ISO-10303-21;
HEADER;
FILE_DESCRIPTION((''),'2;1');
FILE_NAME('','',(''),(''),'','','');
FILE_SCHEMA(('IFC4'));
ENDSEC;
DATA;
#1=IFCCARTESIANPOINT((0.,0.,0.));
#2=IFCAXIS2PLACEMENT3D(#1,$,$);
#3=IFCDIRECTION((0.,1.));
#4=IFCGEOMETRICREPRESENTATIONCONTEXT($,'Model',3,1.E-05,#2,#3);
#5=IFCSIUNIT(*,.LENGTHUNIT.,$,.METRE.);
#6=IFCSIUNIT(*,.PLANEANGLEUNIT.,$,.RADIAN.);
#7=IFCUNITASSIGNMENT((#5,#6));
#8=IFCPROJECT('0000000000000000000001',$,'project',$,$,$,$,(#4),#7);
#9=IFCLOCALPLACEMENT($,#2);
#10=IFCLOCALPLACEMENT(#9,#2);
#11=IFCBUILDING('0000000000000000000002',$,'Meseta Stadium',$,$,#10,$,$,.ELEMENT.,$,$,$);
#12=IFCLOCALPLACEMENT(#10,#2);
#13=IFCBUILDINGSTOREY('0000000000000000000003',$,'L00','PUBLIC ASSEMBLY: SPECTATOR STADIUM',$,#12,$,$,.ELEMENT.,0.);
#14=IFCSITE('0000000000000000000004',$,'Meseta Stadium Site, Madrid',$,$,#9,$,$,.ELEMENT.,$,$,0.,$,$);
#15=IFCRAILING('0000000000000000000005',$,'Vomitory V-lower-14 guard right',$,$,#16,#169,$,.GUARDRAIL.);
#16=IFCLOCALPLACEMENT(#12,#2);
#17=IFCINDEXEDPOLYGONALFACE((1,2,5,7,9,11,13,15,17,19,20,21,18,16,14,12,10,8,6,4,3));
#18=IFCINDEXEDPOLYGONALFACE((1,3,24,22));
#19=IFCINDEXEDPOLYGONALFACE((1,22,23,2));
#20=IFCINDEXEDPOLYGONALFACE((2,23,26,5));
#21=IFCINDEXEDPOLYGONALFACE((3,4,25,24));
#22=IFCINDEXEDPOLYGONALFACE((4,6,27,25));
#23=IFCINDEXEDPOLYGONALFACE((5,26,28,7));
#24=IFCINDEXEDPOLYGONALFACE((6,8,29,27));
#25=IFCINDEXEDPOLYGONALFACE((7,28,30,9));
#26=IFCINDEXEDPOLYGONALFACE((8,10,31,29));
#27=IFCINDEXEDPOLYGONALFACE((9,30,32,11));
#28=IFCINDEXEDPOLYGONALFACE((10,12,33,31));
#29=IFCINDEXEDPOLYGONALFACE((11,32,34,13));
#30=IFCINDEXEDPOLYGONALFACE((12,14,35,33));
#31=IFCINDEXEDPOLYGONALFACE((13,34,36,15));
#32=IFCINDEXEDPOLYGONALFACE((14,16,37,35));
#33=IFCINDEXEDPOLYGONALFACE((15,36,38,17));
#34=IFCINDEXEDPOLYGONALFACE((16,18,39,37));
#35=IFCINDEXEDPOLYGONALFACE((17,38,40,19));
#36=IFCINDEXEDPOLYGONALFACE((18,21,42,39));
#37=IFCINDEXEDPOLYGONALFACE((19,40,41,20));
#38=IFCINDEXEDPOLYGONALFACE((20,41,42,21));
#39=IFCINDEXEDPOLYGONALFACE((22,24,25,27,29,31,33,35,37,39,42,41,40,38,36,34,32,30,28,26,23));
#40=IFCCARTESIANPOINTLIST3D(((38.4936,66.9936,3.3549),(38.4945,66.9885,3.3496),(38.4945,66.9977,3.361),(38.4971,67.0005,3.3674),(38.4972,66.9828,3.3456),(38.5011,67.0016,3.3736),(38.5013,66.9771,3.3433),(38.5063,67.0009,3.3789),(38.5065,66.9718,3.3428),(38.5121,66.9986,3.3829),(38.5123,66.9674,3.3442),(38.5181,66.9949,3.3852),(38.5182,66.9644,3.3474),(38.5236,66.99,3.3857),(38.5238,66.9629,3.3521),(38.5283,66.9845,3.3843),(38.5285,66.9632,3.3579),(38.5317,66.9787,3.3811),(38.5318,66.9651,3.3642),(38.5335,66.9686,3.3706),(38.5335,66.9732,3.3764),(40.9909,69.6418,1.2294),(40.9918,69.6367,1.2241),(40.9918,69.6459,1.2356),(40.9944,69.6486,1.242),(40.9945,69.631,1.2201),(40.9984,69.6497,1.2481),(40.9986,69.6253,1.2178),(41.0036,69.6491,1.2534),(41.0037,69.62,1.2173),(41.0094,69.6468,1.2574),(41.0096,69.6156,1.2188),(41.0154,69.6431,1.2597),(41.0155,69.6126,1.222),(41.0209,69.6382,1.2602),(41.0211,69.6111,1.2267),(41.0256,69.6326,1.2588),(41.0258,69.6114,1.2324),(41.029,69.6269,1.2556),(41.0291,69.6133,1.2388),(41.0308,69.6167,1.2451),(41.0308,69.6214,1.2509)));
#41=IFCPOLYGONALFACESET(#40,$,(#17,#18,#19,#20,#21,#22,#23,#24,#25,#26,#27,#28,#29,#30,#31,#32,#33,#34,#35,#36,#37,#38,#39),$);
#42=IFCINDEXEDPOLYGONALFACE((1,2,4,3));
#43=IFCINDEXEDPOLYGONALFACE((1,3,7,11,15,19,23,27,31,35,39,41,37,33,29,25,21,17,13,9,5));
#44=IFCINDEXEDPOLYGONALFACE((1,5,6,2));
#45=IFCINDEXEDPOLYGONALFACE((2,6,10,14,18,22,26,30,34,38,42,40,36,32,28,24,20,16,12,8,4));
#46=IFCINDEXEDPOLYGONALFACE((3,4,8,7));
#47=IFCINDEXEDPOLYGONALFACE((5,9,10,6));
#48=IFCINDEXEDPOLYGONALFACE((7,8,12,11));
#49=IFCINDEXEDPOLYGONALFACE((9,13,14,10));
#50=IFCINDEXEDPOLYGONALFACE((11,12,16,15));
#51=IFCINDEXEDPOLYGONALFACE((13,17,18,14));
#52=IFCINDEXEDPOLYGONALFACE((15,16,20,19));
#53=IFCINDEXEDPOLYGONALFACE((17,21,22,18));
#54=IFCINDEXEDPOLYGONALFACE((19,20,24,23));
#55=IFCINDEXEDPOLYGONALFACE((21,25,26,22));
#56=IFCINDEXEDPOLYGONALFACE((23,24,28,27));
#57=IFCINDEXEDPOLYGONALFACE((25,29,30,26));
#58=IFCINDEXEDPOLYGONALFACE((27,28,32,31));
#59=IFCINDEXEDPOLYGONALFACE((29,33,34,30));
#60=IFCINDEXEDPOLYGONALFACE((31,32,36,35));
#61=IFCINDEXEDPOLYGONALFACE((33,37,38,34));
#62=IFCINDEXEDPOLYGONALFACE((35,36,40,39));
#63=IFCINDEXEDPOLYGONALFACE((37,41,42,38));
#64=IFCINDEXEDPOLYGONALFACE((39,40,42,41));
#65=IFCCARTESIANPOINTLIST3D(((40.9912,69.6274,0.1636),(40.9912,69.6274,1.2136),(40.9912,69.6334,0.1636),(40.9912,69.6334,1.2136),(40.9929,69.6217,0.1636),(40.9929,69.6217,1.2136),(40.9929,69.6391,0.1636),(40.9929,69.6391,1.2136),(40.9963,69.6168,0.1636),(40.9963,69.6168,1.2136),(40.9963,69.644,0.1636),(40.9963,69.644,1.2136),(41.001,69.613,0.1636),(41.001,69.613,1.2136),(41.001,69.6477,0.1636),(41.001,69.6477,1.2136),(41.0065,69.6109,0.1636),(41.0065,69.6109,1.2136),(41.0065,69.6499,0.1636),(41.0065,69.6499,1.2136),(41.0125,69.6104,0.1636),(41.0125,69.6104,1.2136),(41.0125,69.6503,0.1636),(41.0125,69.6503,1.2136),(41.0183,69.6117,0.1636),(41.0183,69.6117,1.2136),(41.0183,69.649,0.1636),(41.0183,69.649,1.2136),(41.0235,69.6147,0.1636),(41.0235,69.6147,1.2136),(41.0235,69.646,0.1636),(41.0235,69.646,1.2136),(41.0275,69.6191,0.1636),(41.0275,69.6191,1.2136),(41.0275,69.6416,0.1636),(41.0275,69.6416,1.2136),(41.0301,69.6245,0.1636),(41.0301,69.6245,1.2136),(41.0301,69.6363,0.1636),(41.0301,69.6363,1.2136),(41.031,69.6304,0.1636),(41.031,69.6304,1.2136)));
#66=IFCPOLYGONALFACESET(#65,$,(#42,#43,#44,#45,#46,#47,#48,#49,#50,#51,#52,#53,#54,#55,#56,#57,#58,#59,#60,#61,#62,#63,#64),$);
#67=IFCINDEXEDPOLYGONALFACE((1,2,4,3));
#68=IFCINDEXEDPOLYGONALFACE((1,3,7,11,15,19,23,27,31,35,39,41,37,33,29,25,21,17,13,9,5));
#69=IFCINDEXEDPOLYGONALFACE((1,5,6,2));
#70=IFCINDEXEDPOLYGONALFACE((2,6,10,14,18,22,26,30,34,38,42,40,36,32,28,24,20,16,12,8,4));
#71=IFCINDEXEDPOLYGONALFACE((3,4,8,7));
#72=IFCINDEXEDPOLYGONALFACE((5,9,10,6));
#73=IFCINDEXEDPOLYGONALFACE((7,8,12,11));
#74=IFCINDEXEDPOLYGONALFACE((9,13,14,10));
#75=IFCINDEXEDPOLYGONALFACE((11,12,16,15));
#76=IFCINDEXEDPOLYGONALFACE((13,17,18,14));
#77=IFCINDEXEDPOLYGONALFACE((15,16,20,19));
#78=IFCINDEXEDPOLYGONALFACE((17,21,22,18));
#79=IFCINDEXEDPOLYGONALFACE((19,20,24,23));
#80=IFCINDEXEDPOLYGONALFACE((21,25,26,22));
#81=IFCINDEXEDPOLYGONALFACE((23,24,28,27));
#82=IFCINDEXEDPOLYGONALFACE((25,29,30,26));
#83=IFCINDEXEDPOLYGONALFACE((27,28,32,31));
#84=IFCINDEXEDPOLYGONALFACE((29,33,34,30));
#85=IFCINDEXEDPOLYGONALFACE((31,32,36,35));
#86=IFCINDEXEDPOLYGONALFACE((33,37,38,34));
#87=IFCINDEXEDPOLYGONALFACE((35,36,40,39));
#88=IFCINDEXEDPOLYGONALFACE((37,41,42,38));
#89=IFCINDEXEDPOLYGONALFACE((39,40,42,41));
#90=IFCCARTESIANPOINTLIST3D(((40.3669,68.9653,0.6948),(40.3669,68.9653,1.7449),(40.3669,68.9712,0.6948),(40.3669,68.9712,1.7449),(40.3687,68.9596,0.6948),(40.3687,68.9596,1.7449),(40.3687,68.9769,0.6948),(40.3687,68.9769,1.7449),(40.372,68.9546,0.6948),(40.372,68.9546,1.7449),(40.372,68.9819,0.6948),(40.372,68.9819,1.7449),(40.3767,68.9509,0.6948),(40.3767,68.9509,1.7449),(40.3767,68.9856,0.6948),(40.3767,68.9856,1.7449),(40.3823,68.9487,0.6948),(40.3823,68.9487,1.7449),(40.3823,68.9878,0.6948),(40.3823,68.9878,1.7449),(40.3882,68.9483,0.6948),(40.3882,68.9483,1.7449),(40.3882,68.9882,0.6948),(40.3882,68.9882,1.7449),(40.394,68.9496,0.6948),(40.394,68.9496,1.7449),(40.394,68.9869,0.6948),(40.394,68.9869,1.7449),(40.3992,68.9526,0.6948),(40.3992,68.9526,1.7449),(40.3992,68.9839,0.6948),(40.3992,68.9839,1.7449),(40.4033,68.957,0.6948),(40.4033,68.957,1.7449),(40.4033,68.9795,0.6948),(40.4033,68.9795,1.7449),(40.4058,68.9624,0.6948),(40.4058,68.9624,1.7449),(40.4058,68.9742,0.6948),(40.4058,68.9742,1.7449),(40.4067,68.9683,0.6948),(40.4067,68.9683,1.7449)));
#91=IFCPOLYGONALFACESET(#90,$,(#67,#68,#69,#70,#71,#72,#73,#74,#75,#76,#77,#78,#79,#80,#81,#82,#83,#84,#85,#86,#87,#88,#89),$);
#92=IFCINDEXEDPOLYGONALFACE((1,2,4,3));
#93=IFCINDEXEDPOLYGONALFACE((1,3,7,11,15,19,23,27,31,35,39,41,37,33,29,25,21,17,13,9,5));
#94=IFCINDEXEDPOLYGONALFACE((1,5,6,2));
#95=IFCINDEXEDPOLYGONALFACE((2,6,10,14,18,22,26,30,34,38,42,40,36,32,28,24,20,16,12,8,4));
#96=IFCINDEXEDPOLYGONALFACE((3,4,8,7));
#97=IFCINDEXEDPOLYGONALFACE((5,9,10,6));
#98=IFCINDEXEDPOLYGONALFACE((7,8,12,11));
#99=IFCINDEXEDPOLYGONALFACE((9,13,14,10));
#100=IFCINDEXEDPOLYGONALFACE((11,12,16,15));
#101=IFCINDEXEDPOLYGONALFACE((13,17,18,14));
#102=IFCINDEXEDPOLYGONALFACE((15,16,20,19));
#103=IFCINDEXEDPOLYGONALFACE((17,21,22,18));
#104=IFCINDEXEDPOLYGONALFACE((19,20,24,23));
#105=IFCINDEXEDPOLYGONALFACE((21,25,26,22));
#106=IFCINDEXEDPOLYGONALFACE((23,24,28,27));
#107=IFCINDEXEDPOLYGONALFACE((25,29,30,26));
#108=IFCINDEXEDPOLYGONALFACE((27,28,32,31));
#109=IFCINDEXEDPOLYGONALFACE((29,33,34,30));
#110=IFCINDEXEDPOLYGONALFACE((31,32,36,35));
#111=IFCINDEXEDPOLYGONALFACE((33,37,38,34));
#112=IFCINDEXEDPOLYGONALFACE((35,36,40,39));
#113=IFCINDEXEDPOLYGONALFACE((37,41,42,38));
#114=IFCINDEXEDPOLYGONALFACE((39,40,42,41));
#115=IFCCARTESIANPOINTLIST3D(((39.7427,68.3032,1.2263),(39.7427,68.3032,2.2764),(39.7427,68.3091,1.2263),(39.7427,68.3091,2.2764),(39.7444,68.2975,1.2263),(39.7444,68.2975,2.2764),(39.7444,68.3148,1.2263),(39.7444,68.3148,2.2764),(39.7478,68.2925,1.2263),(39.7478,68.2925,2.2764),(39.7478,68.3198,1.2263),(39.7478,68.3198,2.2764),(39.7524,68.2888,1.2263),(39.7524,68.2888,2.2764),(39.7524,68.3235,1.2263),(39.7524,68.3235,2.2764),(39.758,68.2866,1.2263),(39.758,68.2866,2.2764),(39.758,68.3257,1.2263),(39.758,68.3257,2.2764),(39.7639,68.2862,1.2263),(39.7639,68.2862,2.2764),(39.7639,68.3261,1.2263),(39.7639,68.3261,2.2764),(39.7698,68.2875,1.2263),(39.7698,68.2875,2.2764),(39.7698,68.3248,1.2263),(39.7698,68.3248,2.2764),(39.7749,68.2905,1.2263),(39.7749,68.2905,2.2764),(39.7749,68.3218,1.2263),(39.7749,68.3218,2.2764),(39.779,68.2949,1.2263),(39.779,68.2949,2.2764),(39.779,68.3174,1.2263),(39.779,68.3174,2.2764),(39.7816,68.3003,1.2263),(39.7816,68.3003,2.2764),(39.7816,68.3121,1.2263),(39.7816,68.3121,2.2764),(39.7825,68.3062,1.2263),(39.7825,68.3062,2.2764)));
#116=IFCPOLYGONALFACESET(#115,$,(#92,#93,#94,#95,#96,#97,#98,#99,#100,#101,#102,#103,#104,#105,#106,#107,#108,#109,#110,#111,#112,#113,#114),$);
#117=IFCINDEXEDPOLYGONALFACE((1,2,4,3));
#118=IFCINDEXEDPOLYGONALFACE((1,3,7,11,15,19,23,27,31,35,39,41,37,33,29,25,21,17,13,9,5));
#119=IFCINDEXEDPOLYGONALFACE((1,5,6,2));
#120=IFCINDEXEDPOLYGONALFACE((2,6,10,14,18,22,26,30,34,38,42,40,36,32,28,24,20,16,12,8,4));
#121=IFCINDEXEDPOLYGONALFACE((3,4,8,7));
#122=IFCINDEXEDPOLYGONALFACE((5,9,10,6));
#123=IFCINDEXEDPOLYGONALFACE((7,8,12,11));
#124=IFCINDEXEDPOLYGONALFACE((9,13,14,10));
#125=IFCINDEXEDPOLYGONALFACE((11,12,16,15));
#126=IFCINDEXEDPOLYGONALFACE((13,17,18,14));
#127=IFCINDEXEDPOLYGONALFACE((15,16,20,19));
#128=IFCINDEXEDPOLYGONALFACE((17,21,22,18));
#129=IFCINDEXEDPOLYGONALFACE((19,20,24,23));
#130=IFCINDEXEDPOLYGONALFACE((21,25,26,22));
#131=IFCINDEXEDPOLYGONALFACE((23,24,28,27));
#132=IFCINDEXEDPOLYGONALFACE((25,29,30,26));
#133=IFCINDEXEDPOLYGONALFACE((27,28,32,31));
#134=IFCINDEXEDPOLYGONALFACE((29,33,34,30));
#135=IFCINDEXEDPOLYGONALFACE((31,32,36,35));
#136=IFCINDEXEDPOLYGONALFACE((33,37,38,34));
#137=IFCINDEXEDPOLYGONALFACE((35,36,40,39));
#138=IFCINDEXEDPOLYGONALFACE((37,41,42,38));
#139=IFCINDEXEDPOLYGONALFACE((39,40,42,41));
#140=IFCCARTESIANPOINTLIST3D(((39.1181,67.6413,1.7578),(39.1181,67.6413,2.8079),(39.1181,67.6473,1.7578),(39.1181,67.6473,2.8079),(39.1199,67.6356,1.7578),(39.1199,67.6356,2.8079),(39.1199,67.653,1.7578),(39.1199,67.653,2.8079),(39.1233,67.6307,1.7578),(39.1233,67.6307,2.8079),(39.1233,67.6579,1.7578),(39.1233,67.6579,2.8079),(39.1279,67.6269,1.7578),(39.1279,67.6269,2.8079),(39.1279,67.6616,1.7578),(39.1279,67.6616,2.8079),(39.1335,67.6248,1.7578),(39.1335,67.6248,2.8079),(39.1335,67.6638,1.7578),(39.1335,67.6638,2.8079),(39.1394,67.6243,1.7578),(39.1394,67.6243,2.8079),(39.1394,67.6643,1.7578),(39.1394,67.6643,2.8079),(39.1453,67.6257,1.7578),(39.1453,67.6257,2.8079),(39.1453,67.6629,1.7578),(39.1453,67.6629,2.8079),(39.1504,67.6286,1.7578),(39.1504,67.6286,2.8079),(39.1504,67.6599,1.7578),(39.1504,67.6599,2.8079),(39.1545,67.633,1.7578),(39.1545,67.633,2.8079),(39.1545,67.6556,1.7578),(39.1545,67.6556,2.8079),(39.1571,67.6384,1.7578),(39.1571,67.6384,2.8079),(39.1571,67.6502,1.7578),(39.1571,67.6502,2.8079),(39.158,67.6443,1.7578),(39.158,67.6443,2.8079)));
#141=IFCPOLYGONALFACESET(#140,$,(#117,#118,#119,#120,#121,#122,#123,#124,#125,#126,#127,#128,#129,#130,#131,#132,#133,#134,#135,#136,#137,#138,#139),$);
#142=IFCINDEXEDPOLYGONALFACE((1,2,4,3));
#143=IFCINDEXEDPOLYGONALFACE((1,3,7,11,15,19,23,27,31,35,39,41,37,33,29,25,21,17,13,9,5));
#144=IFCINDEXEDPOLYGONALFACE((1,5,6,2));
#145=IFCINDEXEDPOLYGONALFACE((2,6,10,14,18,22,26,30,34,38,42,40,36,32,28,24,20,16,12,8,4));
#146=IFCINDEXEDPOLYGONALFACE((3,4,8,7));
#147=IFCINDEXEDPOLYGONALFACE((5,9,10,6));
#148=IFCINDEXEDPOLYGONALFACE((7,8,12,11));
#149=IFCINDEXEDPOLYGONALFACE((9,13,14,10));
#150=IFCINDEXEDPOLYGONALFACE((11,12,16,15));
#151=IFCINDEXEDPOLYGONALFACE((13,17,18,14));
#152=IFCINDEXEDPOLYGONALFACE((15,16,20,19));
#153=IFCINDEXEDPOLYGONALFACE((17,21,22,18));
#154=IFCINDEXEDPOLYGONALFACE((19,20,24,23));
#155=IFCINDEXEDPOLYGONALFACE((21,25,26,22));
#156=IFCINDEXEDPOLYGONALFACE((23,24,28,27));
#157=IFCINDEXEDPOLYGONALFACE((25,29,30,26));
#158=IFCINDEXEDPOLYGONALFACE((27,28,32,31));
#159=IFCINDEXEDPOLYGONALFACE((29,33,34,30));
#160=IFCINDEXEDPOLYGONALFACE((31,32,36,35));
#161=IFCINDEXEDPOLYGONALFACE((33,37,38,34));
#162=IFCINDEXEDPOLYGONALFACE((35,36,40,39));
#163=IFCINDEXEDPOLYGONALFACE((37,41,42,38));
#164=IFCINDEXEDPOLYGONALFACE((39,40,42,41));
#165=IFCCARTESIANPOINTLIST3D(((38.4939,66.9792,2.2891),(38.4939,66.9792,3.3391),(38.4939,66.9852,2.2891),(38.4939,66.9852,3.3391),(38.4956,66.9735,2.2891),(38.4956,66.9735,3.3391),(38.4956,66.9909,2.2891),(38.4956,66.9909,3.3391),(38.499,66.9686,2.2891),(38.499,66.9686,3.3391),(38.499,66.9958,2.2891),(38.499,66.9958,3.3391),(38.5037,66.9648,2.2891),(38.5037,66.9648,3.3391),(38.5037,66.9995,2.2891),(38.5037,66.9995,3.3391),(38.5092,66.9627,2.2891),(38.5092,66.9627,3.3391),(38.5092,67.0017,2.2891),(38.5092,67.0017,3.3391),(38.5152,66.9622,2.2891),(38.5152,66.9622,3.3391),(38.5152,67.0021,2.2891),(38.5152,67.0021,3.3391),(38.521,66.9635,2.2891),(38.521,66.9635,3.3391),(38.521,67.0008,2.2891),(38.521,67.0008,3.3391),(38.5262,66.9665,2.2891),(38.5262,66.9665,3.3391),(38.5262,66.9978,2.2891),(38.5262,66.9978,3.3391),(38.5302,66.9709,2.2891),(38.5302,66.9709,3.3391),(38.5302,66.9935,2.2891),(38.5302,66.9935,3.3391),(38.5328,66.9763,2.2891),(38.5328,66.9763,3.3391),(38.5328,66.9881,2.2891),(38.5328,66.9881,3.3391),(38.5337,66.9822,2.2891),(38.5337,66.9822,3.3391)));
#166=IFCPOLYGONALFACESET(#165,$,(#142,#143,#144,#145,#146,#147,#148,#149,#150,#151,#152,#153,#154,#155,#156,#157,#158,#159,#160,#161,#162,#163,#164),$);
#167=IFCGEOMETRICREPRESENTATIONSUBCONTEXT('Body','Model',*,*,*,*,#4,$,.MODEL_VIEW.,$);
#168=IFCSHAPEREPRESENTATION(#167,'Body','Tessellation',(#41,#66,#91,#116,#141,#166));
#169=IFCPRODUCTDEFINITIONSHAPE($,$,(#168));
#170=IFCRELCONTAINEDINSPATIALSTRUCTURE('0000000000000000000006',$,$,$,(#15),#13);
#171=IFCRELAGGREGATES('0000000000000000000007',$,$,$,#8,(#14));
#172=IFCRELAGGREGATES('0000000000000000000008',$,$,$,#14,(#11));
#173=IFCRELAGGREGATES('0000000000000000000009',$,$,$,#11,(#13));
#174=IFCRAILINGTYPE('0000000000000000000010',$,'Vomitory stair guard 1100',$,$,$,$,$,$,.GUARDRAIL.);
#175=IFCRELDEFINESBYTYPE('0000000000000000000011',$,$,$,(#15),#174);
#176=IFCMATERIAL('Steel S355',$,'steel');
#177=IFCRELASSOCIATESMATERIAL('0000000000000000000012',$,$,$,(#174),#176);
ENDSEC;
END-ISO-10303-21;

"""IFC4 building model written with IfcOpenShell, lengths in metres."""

from ifc_helpers import new_model, si_unit, direction, frame, origin, origin_2d, place, context, subcontext, project, spatial, circle, extrude, material, type_object, element, save


model = new_model("IFC4")

# Units and contexts
model_context = context("Model", 3, precision=1e-05, world=origin(), true_north=direction((0.0, 1.0)))
body_context = subcontext(model_context, "Body", "Model", "MODEL_VIEW")
ifc_project = project(units=[si_unit("LENGTHUNIT", "METRE"), si_unit("PLANEANGLEUNIT", "RADIAN")], contexts=[model_context])

# Site, building, storey
site_placement = place(None, origin())
site = spatial("IfcSite", under=ifc_project, at=site_placement, Name="Meseta Stadium Site, Madrid", CompositionType="ELEMENT", RefElevation=0.0)
building_placement = place(site_placement, origin())
building = spatial("IfcBuilding", under=site, at=building_placement, Name="Meseta Stadium", CompositionType="ELEMENT")
storey_placement = place(building_placement, origin())
storey = spatial("IfcBuildingStorey", under=building, at=storey_placement, Name="L00", Description="PUBLIC ASSEMBLY: SPECTATOR STADIUM", CompositionType="ELEMENT", Elevation=0.0)

# Railing
ifc_material_1 = material(Name="Steel S355", Category="steel")
railing_type_1 = type_object("IfcRailingType", Name="Vomitory stair guard 1100", PredefinedType="GUARDRAIL", material=ifc_material_1)
railing_1_placement = place(storey_placement, frame((41.011, 69.6304, 0.1636)))
element("IfcRailing", 1, at=railing_1_placement, inside=storey, type_object=railing_type_1, Name="Vomitory V-lower-14 guard right", PredefinedType="GUARDRAIL", context=body_context, shape_type="SweptSolid", body=[
    extrude(circle(Radius=0.0249, at=origin_2d()), frame((0.0, 0.0, 1.0752), z_axis=(-0.592466, -0.628261, 0.504254), x_axis=(0.727528, -0.686078, 0.0)), (0.0, 0.0, 1.0), 4.2151),
    extrude(circle(Radius=0.02, at=origin_2d()), origin(), (0.0, 0.0, 1.0), 1.05),
    extrude(circle(Radius=0.02, at=origin_2d()), frame((-0.6243, -0.6621, 0.5312)), (0.0, 0.0, 1.0), 1.05),
    extrude(circle(Radius=0.02, at=origin_2d()), frame((-1.2485, -1.3242, 1.0627)), (0.0, 0.0, 1.0), 1.05),
    extrude(circle(Radius=0.02, at=origin_2d()), frame((-1.873, -1.9861, 1.5942)), (0.0, 0.0, 1.0), 1.05),
    extrude(circle(Radius=0.02, at=origin_2d()), frame((-2.4973, -2.6482, 2.1255)), (0.0, 0.0, 1.0), 1.05),
])

save(model, "model.ifc")
